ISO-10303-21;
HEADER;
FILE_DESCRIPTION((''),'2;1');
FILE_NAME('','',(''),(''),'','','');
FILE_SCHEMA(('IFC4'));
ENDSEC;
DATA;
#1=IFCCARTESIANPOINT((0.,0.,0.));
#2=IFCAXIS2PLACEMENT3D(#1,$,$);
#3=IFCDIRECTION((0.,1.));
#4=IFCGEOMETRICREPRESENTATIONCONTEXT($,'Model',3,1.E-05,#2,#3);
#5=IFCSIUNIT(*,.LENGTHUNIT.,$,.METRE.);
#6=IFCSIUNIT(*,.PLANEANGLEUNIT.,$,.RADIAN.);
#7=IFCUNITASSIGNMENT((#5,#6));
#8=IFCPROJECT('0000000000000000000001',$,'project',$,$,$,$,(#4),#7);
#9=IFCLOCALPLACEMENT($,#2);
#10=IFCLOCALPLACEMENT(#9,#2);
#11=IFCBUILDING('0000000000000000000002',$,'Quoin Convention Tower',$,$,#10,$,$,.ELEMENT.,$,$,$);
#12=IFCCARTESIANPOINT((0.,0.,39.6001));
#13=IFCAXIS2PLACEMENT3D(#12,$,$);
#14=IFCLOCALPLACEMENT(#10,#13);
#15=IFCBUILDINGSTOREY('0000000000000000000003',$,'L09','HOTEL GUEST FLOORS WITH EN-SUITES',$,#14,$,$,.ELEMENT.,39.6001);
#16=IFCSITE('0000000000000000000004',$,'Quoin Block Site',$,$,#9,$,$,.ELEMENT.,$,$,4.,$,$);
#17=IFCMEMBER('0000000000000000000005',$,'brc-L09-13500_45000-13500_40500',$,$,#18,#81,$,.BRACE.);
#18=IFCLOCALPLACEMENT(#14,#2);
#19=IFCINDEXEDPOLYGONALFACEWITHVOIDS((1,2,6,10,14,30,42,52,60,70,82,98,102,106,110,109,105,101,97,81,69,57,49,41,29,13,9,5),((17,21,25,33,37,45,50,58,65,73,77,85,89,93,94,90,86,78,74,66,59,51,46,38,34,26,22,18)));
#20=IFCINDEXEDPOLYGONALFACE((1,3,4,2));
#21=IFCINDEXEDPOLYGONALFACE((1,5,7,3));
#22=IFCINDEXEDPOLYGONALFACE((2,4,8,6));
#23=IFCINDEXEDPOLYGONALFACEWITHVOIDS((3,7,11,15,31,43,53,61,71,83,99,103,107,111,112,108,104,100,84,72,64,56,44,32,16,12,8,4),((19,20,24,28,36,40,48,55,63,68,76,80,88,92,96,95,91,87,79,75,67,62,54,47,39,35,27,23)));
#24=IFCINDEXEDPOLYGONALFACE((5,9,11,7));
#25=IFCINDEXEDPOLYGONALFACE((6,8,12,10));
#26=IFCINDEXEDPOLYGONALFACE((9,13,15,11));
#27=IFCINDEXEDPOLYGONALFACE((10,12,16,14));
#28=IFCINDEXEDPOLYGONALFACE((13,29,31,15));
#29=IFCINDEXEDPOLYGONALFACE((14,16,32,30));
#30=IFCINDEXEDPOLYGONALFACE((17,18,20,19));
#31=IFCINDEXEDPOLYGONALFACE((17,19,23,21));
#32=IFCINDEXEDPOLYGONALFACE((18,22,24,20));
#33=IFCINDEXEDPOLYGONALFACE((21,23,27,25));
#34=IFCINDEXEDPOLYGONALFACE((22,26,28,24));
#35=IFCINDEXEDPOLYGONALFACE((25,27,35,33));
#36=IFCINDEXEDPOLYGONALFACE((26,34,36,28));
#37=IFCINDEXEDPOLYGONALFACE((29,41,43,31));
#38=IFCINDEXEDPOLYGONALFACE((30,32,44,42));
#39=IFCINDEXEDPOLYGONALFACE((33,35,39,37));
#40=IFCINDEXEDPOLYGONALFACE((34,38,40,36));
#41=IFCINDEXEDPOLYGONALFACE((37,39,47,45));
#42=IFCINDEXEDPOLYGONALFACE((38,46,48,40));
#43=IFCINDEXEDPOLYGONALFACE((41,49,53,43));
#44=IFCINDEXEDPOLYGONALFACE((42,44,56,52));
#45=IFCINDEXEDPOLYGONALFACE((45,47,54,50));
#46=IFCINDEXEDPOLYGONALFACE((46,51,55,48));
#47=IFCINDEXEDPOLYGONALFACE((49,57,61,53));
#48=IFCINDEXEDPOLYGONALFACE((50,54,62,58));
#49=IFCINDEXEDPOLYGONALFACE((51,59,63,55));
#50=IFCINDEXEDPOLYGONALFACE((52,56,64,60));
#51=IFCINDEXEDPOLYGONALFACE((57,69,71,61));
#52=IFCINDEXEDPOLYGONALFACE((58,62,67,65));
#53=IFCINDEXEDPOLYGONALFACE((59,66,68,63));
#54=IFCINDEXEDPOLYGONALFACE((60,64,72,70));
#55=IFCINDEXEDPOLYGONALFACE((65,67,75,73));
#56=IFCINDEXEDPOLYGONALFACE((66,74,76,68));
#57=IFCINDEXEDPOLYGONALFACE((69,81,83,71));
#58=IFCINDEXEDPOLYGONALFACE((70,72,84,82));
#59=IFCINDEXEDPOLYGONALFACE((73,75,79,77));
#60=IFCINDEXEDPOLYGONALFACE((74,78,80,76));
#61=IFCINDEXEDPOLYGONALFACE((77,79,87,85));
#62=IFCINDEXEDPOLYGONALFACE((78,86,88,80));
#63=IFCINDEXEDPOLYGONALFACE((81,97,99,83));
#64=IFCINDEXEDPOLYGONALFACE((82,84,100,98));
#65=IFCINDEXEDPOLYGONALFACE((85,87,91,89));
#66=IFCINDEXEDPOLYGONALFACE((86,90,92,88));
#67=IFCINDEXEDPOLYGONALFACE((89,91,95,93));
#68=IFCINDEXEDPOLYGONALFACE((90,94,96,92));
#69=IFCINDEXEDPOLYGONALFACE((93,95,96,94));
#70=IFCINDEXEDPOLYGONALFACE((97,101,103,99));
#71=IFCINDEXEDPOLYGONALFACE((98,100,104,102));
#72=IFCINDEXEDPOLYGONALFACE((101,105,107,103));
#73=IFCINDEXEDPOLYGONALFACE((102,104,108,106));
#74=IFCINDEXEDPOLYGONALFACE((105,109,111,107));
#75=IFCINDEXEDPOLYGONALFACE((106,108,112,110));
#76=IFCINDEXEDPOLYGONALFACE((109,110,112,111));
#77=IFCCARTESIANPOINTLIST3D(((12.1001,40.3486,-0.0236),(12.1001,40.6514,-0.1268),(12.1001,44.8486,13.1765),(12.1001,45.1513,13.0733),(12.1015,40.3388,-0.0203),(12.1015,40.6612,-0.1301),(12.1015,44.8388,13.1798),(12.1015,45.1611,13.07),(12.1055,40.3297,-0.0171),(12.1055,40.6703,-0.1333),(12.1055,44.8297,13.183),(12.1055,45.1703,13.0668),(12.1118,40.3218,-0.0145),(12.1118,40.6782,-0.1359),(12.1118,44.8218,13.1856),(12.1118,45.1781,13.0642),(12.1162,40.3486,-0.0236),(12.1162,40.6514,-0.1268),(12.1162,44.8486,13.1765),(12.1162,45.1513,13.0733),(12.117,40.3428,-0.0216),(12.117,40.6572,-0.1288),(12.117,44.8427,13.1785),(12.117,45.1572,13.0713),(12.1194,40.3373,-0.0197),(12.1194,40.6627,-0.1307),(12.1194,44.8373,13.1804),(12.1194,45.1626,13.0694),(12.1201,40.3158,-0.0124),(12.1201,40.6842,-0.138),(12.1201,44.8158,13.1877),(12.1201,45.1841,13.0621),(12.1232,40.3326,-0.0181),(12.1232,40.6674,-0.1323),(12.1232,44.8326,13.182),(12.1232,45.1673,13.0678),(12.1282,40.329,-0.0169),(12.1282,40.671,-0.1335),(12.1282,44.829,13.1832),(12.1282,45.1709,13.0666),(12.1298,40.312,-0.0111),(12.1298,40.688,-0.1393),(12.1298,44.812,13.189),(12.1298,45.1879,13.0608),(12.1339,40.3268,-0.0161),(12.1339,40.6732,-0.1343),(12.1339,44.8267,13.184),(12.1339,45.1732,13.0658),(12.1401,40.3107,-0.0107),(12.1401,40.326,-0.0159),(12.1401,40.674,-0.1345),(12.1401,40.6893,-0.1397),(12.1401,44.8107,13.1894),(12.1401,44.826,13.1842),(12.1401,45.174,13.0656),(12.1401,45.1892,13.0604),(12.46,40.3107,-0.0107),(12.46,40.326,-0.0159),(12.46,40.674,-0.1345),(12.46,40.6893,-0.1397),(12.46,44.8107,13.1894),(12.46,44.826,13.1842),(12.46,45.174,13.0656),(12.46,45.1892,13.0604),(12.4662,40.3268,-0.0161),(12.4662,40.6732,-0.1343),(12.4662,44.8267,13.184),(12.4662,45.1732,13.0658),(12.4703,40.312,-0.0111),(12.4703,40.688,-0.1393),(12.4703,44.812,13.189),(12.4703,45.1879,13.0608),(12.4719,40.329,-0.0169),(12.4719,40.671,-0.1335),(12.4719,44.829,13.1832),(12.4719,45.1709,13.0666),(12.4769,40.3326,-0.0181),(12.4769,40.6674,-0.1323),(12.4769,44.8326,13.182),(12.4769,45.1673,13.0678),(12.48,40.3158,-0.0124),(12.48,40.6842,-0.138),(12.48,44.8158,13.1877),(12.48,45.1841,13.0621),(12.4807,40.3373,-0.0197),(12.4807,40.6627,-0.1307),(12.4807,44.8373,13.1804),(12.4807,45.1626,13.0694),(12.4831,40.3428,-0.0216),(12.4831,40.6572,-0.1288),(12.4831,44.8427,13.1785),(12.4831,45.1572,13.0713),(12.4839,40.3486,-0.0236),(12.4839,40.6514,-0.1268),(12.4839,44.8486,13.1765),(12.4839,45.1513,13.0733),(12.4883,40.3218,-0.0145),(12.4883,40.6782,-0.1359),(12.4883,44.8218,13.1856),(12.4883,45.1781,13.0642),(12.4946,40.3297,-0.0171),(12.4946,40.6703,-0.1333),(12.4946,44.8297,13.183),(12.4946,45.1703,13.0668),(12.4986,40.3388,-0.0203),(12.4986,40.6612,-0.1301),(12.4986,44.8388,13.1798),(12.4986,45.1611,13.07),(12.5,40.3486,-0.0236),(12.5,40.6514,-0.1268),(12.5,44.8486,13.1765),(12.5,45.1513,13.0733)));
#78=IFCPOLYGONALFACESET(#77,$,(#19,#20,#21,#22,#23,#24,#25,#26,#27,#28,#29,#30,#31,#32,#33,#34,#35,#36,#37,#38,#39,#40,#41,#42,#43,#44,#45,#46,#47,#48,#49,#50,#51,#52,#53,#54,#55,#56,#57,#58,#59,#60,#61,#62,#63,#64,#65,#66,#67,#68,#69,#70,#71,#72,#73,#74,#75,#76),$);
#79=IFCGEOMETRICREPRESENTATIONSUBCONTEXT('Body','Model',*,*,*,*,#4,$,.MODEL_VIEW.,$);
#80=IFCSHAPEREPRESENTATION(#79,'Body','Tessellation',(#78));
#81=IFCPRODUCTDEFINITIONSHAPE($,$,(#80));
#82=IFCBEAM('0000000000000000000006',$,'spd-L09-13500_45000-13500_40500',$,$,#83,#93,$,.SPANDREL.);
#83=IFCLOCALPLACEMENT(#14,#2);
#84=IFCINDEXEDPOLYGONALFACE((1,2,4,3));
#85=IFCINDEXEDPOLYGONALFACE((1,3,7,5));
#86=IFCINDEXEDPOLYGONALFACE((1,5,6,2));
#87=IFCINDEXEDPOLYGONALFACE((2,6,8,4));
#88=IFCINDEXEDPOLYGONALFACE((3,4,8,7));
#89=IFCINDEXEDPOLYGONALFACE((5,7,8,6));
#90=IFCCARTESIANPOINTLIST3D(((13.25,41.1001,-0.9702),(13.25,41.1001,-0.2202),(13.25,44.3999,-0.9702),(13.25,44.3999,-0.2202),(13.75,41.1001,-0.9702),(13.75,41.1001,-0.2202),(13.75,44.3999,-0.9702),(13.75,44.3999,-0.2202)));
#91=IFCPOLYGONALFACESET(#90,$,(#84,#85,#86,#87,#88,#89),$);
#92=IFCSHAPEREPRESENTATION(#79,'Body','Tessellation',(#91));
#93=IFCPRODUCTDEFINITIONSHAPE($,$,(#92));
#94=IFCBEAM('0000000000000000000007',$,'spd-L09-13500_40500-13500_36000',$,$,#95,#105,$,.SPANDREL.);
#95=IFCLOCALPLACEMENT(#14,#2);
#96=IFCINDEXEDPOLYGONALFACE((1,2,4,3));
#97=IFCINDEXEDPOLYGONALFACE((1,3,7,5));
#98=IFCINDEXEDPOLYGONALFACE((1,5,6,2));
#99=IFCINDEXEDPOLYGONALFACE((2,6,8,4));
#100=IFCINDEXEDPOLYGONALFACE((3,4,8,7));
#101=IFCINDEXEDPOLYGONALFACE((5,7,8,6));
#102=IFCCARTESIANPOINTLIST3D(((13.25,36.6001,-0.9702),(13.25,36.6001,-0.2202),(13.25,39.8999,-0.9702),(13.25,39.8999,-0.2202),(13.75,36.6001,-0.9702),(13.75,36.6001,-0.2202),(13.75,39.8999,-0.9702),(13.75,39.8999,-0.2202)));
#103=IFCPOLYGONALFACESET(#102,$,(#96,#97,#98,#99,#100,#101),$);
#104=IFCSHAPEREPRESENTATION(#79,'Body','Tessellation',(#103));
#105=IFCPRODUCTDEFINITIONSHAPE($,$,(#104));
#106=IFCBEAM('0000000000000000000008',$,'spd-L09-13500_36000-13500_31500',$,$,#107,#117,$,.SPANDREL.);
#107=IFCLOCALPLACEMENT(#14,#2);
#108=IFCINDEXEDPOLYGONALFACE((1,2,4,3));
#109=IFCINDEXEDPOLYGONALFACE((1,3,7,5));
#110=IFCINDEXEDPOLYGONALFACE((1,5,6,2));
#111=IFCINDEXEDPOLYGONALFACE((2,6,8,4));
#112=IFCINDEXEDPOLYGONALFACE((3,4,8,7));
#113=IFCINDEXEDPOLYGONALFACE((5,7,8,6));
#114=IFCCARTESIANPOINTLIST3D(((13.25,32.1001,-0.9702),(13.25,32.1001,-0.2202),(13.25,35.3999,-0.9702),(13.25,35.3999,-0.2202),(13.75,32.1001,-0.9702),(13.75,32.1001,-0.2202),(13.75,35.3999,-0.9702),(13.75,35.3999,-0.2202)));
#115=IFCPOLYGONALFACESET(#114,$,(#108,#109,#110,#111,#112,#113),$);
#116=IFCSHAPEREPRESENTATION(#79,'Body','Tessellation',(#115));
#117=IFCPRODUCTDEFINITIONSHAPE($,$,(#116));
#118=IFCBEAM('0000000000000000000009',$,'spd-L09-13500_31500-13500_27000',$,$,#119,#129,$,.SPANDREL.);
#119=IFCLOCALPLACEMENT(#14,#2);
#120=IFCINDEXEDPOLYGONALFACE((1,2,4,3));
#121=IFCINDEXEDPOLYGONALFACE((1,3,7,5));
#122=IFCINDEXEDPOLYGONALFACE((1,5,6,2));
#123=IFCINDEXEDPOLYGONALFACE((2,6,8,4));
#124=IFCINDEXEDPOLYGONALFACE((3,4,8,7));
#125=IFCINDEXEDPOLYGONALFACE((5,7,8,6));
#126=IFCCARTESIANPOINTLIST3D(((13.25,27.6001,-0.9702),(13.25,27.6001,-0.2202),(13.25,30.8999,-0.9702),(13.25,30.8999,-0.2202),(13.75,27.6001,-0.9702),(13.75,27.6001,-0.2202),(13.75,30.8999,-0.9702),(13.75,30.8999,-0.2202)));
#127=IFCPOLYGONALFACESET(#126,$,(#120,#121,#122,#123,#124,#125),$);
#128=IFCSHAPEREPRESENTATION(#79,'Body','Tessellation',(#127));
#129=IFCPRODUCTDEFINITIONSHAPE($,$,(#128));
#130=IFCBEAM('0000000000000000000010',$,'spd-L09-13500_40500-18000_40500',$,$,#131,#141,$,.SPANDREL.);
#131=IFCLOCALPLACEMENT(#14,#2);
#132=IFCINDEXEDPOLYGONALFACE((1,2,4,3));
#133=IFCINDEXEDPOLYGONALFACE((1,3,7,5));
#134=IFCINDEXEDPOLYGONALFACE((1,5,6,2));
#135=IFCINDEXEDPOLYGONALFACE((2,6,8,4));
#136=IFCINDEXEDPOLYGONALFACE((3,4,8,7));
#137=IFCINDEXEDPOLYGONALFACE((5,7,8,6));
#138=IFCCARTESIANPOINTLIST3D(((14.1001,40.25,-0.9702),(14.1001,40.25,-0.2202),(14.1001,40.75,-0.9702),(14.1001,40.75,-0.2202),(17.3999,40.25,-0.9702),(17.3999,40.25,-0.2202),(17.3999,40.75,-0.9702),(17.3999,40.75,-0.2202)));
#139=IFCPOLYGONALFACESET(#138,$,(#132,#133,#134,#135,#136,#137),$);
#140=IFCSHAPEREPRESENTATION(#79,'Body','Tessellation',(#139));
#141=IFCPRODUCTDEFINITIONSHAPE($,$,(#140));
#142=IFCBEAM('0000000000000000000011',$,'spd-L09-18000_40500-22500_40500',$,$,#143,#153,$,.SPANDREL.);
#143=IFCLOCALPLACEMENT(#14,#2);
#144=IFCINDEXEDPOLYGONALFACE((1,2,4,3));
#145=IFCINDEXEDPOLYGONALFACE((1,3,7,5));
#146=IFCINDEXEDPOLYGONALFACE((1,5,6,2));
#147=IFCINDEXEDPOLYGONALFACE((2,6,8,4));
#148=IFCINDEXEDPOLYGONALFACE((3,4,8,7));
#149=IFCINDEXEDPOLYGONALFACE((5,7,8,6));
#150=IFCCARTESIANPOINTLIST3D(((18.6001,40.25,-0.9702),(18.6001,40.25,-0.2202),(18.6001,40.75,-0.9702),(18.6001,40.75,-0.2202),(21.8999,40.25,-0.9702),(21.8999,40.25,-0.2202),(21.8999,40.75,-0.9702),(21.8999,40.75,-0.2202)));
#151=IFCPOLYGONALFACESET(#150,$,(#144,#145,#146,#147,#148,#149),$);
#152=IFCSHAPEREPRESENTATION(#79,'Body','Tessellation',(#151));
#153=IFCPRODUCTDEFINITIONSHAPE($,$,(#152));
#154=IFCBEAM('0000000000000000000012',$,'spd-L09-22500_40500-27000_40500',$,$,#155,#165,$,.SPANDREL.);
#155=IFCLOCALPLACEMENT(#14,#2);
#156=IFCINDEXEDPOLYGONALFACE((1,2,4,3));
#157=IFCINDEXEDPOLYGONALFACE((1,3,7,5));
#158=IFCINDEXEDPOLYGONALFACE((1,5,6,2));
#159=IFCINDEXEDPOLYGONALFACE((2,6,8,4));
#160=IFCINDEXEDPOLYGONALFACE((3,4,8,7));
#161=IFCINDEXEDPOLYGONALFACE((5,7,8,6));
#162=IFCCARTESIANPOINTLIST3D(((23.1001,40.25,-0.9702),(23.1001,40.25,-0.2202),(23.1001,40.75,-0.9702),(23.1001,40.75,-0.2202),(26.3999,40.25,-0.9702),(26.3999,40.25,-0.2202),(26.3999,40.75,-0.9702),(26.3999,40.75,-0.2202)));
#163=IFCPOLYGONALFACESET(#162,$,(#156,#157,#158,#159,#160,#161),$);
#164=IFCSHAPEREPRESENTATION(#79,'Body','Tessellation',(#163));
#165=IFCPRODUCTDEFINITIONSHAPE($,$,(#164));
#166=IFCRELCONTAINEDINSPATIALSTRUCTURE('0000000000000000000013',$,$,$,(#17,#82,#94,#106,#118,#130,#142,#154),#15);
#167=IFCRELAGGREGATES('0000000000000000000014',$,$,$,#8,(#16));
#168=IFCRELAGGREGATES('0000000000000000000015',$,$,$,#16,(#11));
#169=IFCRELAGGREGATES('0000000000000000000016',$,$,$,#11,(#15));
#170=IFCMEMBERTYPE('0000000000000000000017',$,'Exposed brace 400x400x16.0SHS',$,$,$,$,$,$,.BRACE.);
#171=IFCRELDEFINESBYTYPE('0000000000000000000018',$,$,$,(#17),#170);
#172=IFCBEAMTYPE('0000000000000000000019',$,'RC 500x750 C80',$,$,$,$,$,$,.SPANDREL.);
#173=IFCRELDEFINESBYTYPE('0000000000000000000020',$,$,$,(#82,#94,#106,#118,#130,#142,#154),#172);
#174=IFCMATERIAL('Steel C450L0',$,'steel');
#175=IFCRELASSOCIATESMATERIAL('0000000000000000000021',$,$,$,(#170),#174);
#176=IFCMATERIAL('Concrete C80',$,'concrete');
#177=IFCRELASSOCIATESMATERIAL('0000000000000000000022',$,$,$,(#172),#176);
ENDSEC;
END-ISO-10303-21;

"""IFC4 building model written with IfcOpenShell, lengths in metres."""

from ifc_helpers import new_model, si_unit, direction, frame, origin, origin_2d, place, context, subcontext, project, spatial, rectangle, hollow_rectangle, extrude, material, material_profile, profile_set, type_object, element, save


model = new_model("IFC4")

# Units and contexts
model_context = context("Model", 3, precision=1e-05, world=origin(), true_north=direction((0.0, 1.0)))
body_context = subcontext(model_context, "Body", "Model", "MODEL_VIEW")
ifc_project = project(units=[si_unit("LENGTHUNIT", "METRE"), si_unit("PLANEANGLEUNIT", "RADIAN")], contexts=[model_context])

# Site, building, storey
site_placement = place(None, origin())
site = spatial("IfcSite", under=ifc_project, at=site_placement, Name="Quoin Block Site", CompositionType="ELEMENT", RefElevation=4.0)
building_placement = place(site_placement, origin())
building = spatial("IfcBuilding", under=site, at=building_placement, Name="Quoin Convention Tower", CompositionType="ELEMENT")
storey_placement = place(building_placement, frame((0.0, 0.0, 39.6001)))
storey = spatial("IfcBuildingStorey", under=building, at=storey_placement, Name="L09", Description="HOTEL GUEST FLOORS WITH EN-SUITES", CompositionType="ELEMENT", Elevation=39.6001)

# Shared definitions
ifc_material_1 = material(Name="Concrete C80", Category="concrete")

# Member
ifc_material_2 = material(Name="Steel C450L0", Category="steel")
ifc_material_profile_1 = material_profile(ifc_material_2, hollow_rectangle(XDim=0.3999, YDim=0.3999, WallThickness=0.0161, InnerFilletRadius=0.0239, OuterFilletRadius=0.04, at=origin_2d()), Name="400x400x16.0SHS")
ifc_profile_set_1 = profile_set([ifc_material_profile_1], Name="Steel C450L0")
member_type = type_object("IfcMemberType", Name="Exposed brace 400x400x16.0SHS", PredefinedType="BRACE", material=ifc_profile_set_1)
for number, where, z_axis, x_axis, name in (
    (1, (12.3, 40.5, -0.0752), (0.0, 0.32267, 0.946512), (-1.0, 0.0, 0.0), "brc-L09-13500_45000-13500_40500"),
):
    element("IfcMember", number, at=place(storey_placement, frame(where, z_axis=z_axis, x_axis=x_axis)), inside=storey, type_object=member_type, Name=name, PredefinedType="BRACE", context=body_context, shape_type="SweptSolid", body=[
        extrude(hollow_rectangle(XDim=0.3999, YDim=0.3999, WallThickness=0.0161, InnerFilletRadius=0.0239, OuterFilletRadius=0.04, at=origin_2d()), origin(), (0.0, 0.0, 1.0), 13.946),
    ])

# Beams
ifc_material_profile_2 = material_profile(ifc_material_1, rectangle(XDim=0.5, YDim=0.75, at=origin_2d()), Name="RC 500x750")
ifc_profile_set_2 = profile_set([ifc_material_profile_2], Name="Concrete C80")
beam_type = type_object("IfcBeamType", Name="RC 500x750 C80", PredefinedType="SPANDREL", material=ifc_profile_set_2)
for number, where, z_axis, x_axis, name in (
    (2, (13.5, 44.3999, -0.5952), (0.0, -1.0, 0.0), (1.0, 0.0, 0.0), "spd-L09-13500_45000-13500_40500"),
    (3, (13.5, 39.8999, -0.5952), (0.0, -1.0, 0.0), (1.0, 0.0, 0.0), "spd-L09-13500_40500-13500_36000"),
    (4, (13.5, 35.3999, -0.5952), (0.0, -1.0, 0.0), (1.0, 0.0, 0.0), "spd-L09-13500_36000-13500_31500"),
    (5, (13.5, 30.8999, -0.5952), (0.0, -1.0, 0.0), (1.0, 0.0, 0.0), "spd-L09-13500_31500-13500_27000"),
    (6, (14.1001, 40.5, -0.5952), (1.0, 0.0, 0.0), (0.0, 1.0, 0.0), "spd-L09-13500_40500-18000_40500"),
    (7, (18.6001, 40.5, -0.5952), (1.0, 0.0, 0.0), (0.0, 1.0, 0.0), "spd-L09-18000_40500-22500_40500"),
    (8, (23.1001, 40.5, -0.5952), (1.0, 0.0, 0.0), (0.0, 1.0, 0.0), "spd-L09-22500_40500-27000_40500"),
):
    element("IfcBeam", number, at=place(storey_placement, frame(where, z_axis=z_axis, x_axis=x_axis)), inside=storey, type_object=beam_type, Name=name, PredefinedType="SPANDREL", context=body_context, shape_type="SweptSolid", body=[
        extrude(rectangle(XDim=0.5, YDim=0.75, at=origin_2d()), origin(), (0.0, 0.0, 1.0), 3.2998),
    ])

save(model, "model.ifc")
